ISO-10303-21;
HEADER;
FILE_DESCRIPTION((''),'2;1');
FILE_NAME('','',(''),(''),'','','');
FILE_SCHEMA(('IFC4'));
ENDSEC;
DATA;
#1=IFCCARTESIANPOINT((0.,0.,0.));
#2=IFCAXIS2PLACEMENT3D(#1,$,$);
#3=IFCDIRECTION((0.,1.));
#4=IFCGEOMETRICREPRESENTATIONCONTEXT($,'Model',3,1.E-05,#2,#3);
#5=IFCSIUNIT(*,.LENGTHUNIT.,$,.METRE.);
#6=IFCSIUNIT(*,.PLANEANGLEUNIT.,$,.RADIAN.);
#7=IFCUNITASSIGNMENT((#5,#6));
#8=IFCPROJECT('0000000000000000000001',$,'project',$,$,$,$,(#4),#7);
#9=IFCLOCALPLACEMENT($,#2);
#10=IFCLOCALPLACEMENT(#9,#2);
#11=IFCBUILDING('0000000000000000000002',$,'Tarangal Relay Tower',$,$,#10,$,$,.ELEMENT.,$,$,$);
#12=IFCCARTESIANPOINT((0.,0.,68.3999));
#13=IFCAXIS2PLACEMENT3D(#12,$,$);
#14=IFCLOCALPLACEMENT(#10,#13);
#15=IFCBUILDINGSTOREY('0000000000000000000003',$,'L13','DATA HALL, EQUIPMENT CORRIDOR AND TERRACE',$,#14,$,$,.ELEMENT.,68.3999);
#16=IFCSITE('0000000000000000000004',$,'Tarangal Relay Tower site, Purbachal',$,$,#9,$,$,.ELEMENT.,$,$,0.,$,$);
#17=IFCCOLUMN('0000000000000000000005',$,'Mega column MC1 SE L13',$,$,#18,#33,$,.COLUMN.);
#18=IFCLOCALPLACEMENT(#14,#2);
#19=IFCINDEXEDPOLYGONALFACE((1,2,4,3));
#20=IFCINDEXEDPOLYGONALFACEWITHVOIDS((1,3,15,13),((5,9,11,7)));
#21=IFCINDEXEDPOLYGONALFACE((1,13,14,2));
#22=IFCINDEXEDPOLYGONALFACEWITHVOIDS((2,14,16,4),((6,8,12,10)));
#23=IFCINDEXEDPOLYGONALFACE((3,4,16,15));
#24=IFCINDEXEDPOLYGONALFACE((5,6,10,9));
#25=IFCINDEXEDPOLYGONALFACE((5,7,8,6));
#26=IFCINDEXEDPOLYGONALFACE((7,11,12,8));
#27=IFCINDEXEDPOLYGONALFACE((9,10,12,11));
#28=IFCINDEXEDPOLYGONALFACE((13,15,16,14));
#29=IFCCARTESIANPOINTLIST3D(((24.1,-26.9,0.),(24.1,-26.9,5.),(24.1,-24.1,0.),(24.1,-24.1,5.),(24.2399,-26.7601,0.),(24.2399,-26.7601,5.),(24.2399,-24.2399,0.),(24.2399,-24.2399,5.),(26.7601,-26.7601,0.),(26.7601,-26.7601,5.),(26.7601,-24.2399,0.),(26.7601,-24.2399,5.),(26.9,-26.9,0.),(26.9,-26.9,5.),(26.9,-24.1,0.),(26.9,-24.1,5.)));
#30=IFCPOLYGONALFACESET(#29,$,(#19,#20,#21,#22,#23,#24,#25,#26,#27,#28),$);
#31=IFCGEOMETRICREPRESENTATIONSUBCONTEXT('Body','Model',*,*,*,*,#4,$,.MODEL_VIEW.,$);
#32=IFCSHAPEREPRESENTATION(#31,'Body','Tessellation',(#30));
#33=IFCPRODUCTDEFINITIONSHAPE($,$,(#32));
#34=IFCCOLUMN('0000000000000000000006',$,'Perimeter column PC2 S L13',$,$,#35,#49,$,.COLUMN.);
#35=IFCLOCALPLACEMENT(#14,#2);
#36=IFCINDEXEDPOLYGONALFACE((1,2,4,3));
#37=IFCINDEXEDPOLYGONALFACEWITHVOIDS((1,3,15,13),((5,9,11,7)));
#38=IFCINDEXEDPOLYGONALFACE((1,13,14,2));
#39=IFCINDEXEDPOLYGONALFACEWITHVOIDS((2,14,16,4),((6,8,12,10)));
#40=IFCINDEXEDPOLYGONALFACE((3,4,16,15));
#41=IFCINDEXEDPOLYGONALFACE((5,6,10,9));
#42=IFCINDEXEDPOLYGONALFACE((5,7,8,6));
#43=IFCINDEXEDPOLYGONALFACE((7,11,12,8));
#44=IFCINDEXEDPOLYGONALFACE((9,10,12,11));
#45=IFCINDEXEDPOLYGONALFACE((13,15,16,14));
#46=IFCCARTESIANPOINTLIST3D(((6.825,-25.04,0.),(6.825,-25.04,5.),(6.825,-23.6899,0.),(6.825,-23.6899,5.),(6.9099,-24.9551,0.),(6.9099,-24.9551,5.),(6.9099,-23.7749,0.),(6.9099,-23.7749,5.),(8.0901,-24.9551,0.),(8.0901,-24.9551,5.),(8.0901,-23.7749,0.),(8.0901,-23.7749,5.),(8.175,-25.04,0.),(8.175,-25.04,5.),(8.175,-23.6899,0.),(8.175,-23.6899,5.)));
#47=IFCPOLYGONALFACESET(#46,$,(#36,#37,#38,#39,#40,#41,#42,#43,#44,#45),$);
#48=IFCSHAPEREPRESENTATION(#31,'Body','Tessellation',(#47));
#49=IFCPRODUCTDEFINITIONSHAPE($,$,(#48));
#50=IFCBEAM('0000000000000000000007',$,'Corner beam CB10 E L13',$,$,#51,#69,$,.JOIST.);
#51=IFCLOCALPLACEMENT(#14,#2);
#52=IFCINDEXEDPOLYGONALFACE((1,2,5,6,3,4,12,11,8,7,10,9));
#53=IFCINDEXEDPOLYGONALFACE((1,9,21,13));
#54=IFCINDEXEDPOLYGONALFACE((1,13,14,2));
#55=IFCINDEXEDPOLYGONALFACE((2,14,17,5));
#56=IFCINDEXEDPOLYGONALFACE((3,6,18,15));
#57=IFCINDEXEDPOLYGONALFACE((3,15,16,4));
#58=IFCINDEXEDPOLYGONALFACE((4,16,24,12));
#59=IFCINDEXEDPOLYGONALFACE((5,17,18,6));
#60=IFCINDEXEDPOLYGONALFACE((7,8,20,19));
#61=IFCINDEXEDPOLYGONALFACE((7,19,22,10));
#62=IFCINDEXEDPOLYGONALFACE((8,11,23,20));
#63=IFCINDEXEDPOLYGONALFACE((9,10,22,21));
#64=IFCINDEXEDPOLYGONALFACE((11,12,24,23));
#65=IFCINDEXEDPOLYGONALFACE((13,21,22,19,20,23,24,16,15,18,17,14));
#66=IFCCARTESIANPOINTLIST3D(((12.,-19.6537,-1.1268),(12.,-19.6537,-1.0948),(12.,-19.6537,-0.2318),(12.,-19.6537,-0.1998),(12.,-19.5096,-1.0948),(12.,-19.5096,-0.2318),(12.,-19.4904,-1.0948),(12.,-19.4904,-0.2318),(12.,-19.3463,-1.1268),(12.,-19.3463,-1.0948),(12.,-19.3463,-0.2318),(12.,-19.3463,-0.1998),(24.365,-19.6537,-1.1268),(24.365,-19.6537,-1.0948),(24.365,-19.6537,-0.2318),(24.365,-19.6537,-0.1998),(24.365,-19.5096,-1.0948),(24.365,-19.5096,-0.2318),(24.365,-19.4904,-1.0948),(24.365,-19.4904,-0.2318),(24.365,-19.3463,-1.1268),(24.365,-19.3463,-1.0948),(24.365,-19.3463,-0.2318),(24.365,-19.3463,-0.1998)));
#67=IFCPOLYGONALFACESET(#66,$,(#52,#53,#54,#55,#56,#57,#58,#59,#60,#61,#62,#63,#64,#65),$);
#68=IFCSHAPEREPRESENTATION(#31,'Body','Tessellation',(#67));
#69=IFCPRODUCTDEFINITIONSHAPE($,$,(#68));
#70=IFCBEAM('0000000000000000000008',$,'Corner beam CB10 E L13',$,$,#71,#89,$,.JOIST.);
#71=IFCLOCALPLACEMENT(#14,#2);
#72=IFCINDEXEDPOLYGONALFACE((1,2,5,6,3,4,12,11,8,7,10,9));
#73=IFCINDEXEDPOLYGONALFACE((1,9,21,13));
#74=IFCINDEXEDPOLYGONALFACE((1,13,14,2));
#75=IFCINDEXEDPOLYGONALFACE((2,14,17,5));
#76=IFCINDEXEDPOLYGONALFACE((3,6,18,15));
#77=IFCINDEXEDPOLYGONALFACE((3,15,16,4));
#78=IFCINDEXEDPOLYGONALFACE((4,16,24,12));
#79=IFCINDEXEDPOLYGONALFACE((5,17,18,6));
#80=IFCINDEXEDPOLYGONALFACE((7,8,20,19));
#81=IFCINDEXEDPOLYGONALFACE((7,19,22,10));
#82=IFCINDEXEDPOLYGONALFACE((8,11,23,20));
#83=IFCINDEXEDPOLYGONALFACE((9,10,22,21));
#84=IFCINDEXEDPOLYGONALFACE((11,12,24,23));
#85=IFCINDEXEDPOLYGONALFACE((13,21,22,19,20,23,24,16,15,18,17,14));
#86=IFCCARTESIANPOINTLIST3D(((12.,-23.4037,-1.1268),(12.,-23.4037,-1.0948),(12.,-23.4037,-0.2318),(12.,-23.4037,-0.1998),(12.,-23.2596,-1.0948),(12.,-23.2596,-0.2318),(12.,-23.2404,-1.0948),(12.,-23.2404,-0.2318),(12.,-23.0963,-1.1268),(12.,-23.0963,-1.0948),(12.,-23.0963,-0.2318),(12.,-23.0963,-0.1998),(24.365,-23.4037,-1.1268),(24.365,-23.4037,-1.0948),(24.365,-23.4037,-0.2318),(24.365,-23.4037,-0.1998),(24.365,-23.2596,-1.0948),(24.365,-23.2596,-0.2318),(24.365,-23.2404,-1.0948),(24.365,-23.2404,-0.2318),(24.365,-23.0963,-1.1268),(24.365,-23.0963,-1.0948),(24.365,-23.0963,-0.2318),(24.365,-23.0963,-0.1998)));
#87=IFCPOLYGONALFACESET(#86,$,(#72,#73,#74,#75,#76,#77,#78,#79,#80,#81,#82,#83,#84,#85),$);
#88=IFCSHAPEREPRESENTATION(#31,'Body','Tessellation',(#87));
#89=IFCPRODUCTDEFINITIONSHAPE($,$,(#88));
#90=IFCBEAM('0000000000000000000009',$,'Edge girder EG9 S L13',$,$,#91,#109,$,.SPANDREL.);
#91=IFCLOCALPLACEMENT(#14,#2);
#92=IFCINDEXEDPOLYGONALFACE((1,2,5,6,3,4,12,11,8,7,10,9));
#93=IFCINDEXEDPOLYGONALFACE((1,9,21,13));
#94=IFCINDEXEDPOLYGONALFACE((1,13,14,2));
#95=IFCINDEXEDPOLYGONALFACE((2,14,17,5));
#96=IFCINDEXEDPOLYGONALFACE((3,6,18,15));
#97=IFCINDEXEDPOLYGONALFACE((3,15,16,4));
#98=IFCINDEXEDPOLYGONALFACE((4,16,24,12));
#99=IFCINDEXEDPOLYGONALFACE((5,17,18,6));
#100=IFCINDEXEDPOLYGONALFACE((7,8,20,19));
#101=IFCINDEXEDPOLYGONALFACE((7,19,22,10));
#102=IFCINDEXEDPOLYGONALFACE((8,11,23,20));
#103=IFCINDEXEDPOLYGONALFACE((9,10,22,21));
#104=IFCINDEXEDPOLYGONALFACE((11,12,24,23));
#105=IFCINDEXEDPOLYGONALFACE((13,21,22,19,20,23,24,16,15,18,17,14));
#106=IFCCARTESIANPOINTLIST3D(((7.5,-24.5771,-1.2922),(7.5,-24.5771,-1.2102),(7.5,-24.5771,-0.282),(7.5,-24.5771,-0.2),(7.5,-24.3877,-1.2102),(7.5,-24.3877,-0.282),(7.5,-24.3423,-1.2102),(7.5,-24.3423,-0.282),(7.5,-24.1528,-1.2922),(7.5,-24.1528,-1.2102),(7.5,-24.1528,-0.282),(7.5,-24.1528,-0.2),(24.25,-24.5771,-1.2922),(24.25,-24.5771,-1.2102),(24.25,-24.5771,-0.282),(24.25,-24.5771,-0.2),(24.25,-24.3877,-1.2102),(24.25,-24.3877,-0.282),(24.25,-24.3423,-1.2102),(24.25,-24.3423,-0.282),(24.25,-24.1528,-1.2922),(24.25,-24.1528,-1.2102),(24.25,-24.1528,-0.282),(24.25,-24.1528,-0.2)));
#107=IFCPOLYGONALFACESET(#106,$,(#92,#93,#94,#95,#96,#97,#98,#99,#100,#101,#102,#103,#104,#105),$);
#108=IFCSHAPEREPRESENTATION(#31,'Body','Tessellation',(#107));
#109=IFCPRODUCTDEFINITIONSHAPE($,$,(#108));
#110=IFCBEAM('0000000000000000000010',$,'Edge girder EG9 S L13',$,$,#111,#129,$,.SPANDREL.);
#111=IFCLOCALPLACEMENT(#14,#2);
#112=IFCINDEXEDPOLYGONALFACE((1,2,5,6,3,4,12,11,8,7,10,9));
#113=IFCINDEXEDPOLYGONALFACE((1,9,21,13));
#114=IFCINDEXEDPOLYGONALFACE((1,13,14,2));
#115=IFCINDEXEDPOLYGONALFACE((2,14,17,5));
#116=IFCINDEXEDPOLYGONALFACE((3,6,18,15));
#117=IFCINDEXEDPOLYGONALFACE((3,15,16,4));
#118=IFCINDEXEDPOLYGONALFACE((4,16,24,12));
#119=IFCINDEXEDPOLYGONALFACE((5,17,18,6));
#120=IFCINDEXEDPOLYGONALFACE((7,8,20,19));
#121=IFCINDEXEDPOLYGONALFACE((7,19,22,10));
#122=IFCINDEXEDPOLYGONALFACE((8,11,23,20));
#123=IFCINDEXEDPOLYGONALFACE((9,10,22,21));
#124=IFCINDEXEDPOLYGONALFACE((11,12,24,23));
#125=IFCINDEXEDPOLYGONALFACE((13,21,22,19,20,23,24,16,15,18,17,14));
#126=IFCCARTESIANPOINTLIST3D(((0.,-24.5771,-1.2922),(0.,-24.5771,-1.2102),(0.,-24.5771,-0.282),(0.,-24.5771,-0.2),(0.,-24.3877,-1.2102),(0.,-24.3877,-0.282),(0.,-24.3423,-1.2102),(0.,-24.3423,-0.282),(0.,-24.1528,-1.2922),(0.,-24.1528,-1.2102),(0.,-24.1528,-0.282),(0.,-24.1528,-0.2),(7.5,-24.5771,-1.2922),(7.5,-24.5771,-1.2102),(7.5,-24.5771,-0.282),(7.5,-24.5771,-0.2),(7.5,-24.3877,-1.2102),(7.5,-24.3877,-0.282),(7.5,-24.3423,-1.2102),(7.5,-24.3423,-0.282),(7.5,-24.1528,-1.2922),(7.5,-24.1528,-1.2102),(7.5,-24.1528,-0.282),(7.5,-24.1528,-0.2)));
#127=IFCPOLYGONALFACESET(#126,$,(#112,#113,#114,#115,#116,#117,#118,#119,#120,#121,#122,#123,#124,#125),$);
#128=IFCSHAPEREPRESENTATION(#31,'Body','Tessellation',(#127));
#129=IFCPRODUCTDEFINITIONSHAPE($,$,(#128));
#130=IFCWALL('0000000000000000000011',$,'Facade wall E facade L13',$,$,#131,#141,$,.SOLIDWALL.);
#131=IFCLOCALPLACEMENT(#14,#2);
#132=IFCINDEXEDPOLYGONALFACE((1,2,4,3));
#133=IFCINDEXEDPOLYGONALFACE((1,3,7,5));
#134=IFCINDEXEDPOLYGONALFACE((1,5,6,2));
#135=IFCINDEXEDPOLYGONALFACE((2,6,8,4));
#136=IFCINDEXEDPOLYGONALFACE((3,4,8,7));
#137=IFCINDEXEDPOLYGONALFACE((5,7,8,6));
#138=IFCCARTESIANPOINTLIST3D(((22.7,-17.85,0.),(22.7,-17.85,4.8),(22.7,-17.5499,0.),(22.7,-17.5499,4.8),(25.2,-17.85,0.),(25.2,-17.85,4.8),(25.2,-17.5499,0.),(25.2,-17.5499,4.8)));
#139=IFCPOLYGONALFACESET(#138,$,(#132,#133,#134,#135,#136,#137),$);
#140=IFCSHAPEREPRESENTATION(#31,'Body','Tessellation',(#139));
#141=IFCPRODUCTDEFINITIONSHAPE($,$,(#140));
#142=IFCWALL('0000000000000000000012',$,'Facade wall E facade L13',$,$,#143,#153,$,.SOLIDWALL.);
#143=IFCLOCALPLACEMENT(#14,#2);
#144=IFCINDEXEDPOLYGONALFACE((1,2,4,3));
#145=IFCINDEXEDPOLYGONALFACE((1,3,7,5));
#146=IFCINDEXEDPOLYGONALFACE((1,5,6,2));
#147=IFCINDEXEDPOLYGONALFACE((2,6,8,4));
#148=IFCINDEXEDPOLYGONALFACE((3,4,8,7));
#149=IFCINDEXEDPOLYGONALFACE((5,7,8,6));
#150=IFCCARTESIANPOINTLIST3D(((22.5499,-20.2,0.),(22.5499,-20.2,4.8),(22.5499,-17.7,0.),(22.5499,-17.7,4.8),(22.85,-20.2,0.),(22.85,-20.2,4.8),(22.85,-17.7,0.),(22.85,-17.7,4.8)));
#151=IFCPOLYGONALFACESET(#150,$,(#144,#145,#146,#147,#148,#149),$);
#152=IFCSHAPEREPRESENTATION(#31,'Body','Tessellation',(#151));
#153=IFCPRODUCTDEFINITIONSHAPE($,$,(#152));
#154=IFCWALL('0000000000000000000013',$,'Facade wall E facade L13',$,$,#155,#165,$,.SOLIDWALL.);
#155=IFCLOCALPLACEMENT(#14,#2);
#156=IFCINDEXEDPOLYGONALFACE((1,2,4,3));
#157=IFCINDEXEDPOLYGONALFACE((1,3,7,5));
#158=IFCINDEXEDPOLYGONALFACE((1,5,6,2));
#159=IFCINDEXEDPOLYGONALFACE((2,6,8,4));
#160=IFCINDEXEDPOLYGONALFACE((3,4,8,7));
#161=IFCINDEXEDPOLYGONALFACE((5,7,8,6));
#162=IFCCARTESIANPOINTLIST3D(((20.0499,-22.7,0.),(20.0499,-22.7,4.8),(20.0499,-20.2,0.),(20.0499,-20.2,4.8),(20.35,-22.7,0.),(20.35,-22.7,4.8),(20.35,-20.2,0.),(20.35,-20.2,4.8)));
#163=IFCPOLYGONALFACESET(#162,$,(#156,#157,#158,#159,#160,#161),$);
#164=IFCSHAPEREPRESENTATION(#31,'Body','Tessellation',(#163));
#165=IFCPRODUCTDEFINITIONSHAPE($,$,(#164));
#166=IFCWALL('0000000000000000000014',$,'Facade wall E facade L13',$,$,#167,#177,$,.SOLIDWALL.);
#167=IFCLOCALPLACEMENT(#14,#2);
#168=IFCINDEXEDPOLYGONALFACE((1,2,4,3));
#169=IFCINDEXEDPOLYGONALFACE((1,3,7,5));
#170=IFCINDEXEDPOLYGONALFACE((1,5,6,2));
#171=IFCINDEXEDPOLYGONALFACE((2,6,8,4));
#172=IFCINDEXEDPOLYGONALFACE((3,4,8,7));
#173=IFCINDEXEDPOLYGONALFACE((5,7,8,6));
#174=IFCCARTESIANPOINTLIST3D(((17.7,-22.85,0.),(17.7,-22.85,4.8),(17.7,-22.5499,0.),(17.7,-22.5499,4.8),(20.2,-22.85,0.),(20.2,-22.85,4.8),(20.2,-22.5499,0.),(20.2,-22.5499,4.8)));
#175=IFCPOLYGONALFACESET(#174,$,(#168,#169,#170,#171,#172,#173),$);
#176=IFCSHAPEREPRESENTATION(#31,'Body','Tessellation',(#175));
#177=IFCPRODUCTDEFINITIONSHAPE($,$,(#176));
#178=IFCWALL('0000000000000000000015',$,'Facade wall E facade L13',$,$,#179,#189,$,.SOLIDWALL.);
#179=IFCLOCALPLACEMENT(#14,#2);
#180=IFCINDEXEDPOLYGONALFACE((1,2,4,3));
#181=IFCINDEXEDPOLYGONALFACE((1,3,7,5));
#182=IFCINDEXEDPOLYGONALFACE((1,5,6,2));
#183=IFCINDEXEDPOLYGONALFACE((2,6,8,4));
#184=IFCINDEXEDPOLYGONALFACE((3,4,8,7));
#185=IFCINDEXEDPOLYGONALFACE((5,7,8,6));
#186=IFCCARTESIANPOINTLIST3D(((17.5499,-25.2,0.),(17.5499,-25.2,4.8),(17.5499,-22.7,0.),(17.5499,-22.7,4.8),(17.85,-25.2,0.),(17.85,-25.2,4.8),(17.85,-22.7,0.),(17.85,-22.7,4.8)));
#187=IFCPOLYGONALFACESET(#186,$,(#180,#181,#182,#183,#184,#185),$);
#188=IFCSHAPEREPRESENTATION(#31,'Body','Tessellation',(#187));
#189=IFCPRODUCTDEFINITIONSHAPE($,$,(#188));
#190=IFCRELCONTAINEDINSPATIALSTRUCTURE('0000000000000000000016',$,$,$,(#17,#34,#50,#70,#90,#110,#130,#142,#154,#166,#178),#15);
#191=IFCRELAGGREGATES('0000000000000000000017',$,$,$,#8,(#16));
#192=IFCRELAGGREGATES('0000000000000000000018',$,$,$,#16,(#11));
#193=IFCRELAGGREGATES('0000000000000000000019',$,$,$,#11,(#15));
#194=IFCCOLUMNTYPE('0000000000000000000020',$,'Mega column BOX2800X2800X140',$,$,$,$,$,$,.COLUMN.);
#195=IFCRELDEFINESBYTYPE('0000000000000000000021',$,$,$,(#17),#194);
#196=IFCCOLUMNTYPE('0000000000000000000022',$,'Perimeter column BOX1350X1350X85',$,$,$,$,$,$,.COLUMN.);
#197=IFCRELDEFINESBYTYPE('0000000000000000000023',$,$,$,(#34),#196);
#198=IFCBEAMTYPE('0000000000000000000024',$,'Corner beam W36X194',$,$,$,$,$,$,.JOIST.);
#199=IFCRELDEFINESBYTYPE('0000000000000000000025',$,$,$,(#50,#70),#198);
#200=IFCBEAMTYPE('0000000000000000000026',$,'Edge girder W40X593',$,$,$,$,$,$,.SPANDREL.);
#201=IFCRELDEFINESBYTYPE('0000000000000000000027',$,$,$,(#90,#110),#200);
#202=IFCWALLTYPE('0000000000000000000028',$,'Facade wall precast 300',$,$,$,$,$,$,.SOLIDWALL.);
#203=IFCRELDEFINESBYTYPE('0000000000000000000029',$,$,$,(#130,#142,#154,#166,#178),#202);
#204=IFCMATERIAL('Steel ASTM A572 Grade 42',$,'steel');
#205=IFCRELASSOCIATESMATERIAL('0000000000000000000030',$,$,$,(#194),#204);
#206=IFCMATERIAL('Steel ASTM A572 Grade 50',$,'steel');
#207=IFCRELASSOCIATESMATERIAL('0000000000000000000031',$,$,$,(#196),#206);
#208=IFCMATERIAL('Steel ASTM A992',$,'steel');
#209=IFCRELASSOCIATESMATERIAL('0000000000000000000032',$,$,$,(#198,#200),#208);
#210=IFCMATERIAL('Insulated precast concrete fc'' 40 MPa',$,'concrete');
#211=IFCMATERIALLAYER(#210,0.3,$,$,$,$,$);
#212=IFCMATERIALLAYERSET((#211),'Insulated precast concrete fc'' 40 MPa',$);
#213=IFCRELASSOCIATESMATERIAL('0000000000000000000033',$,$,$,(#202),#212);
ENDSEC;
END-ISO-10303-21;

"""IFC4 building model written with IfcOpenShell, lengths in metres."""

from ifc_helpers import new_model, si_unit, direction, frame, frame_2d, origin, origin_2d, place, context, subcontext, project, spatial, rectangle, hollow_rectangle, i_section, extrude, material, layer, layer_set, material_profile, profile_set, type_object, element, save


model = new_model("IFC4")

# Units and contexts
model_context = context("Model", 3, precision=1e-05, world=origin(), true_north=direction((0.0, 1.0)))
body_context = subcontext(model_context, "Body", "Model", "MODEL_VIEW")
ifc_project = project(units=[si_unit("LENGTHUNIT", "METRE"), si_unit("PLANEANGLEUNIT", "RADIAN")], contexts=[model_context])

# Site, building, storey
site_placement = place(None, origin())
site = spatial("IfcSite", under=ifc_project, at=site_placement, Name="Tarangal Relay Tower site, Purbachal", CompositionType="ELEMENT", RefElevation=0.0)
building_placement = place(site_placement, origin())
building = spatial("IfcBuilding", under=site, at=building_placement, Name="Tarangal Relay Tower", CompositionType="ELEMENT")
storey_placement = place(building_placement, frame((0.0, 0.0, 68.3999)))
storey = spatial("IfcBuildingStorey", under=building, at=storey_placement, Name="L13", Description="DATA HALL, EQUIPMENT CORRIDOR AND TERRACE", CompositionType="ELEMENT", Elevation=68.3999)

# Columns
ifc_material_1 = material(Name="Steel ASTM A572 Grade 42", Category="steel")
ifc_material_profile_1 = material_profile(ifc_material_1, hollow_rectangle(XDim=2.8, YDim=2.8, WallThickness=0.1399, at=origin_2d()), Name="BOX2800X2800X140")
ifc_profile_set_1 = profile_set([ifc_material_profile_1], Name="Steel ASTM A572 Grade 42")
column_type_1 = type_object("IfcColumnType", Name="Mega column BOX2800X2800X140", PredefinedType="COLUMN", material=ifc_profile_set_1)
column_1_placement = place(storey_placement, frame((25.5, -25.5, 0.0), z_axis=(0.0, 0.0, 1.0), x_axis=(1.0, 0.0, 0.0)))
element("IfcColumn", 1, at=column_1_placement, inside=storey, type_object=column_type_1, Name="Mega column MC1 SE L13", PredefinedType="COLUMN", context=body_context, shape_type="SweptSolid", body=[
    extrude(hollow_rectangle(XDim=2.8, YDim=2.8, WallThickness=0.1399, at=origin_2d()), origin(), (0.0, 0.0, 1.0), 5.0),
])
ifc_material_2 = material(Name="Steel ASTM A572 Grade 50", Category="steel")
ifc_material_profile_2 = material_profile(ifc_material_2, hollow_rectangle(XDim=1.3501, YDim=1.3501, WallThickness=0.085, at=origin_2d()), Name="BOX1350X1350X85")
ifc_profile_set_2 = profile_set([ifc_material_profile_2], Name="Steel ASTM A572 Grade 50")
column_type_2 = type_object("IfcColumnType", Name="Perimeter column BOX1350X1350X85", PredefinedType="COLUMN", material=ifc_profile_set_2)
column_2_placement = place(storey_placement, frame((7.5, -24.365, 0.0), z_axis=(0.0, 0.0, 1.0), x_axis=(1.0, 0.0, 0.0)))
element("IfcColumn", 2, at=column_2_placement, inside=storey, type_object=column_type_2, Name="Perimeter column PC2 S L13", PredefinedType="COLUMN", context=body_context, shape_type="SweptSolid", body=[
    extrude(hollow_rectangle(XDim=1.3501, YDim=1.3501, WallThickness=0.085, at=origin_2d()), origin(), (0.0, 0.0, 1.0), 5.0),
])

# Beams
ifc_material_3 = material(Name="Steel ASTM A992", Category="steel")
ifc_material_profile_3 = material_profile(ifc_material_3, i_section(OverallWidth=0.3074, OverallDepth=0.927, WebThickness=0.0193, FlangeThickness=0.032, at=origin_2d()), Name="W36X194")
ifc_profile_set_3 = profile_set([ifc_material_profile_3], Name="Steel ASTM A992")
beam_type_1 = type_object("IfcBeamType", Name="Corner beam W36X194", PredefinedType="JOIST", material=ifc_profile_set_3)
for number, where, z_axis, x_axis, name in (
    (3, (12.0, -19.5, -0.6633), (1.0, 0.0, 0.0), (0.0, 1.0, 0.0), "Corner beam CB10 E L13"),
    (4, (12.0, -23.25, -0.6633), (1.0, 0.0, 0.0), (0.0, 1.0, 0.0), "Corner beam CB10 E L13"),
):
    element("IfcBeam", number, at=place(storey_placement, frame(where, z_axis=z_axis, x_axis=x_axis)), inside=storey, type_object=beam_type_1, Name=name, PredefinedType="JOIST", context=body_context, shape_type="SweptSolid", body=[
        extrude(i_section(OverallWidth=0.3074, OverallDepth=0.927, WebThickness=0.0193, FlangeThickness=0.032, at=origin_2d()), origin(), (0.0, 0.0, 1.0), 12.365),
    ])
ifc_material_profile_4 = material_profile(ifc_material_3, i_section(OverallWidth=0.4243, OverallDepth=1.0923, WebThickness=0.0454, FlangeThickness=0.082, at=origin_2d()), Name="W40X593")
ifc_profile_set_4 = profile_set([ifc_material_profile_4], Name="Steel ASTM A992")
beam_type_2 = type_object("IfcBeamType", Name="Edge girder W40X593", PredefinedType="SPANDREL", material=ifc_profile_set_4)
beam_1_placement = place(storey_placement, frame((24.25, -24.365, -0.7461), z_axis=(-1.0, 0.0, 0.0), x_axis=(0.0, -1.0, 0.0)))
element("IfcBeam", 5, at=beam_1_placement, inside=storey, type_object=beam_type_2, Name="Edge girder EG9 S L13", PredefinedType="SPANDREL", context=body_context, shape_type="SweptSolid", body=[
    extrude(i_section(OverallWidth=0.4243, OverallDepth=1.0923, WebThickness=0.0454, FlangeThickness=0.082, at=origin_2d()), origin(), (0.0, 0.0, 1.0), 16.75),
])
beam_2_placement = place(storey_placement, frame((7.5, -24.365, -0.7461), z_axis=(-1.0, 0.0, 0.0), x_axis=(0.0, -1.0, 0.0)))
element("IfcBeam", 6, at=beam_2_placement, inside=storey, type_object=beam_type_2, Name="Edge girder EG9 S L13", PredefinedType="SPANDREL", context=body_context, shape_type="SweptSolid", body=[
    extrude(i_section(OverallWidth=0.4243, OverallDepth=1.0923, WebThickness=0.0454, FlangeThickness=0.082, at=origin_2d()), origin(), (0.0, 0.0, 1.0), 7.5),
])

# Walls
ifc_material_4 = material(Name="Insulated precast concrete fc' 40 MPa", Category="concrete")
ifc_layer_1 = layer(ifc_material_4, 0.3)
ifc_layer_set_1 = layer_set([ifc_layer_1], Name="Insulated precast concrete fc' 40 MPa")
wall_type_1 = type_object("IfcWallType", Name="Facade wall precast 300", PredefinedType="SOLIDWALL", material=ifc_layer_set_1)
for number, where, z_axis, x_axis, name in (
    (7, (25.2, -17.7, 0.0), (0.0, 0.0, 1.0), (-1.0, 0.0, 0.0), "Facade wall E facade L13"),
    (8, (22.7, -17.7, 0.0), (0.0, 0.0, 1.0), (0.0, -1.0, 0.0), "Facade wall E facade L13"),
):
    element("IfcWall", number, at=place(storey_placement, frame(where, z_axis=z_axis, x_axis=x_axis)), inside=storey, type_object=wall_type_1, Name=name, PredefinedType="SOLIDWALL", context=body_context, shape_type="SweptSolid", body=[
        extrude(rectangle(XDim=2.5, YDim=0.3, at=frame_2d((1.25, 0.0))), origin(), (0.0, 0.0, 1.0), 4.8),
    ])

# Walls
for number, where, z_axis, x_axis, name in (
    (9, (20.2, -20.2, 0.0), (0.0, 0.0, 1.0), (0.0, -1.0, 0.0), "Facade wall E facade L13"),
    (10, (20.2, -22.7, 0.0), (0.0, 0.0, 1.0), (-1.0, 0.0, 0.0), "Facade wall E facade L13"),
    (11, (17.7, -22.7, 0.0), (0.0, 0.0, 1.0), (0.0, -1.0, 0.0), "Facade wall E facade L13"),
):
    element("IfcWall", number, at=place(storey_placement, frame(where, z_axis=z_axis, x_axis=x_axis)), inside=storey, type_object=wall_type_1, Name=name, PredefinedType="SOLIDWALL", context=body_context, shape_type="SweptSolid", body=[
        extrude(rectangle(XDim=2.5, YDim=0.3, at=frame_2d((1.25, 0.0))), origin(), (0.0, 0.0, 1.0), 4.8),
    ])

save(model, "model.ifc")
